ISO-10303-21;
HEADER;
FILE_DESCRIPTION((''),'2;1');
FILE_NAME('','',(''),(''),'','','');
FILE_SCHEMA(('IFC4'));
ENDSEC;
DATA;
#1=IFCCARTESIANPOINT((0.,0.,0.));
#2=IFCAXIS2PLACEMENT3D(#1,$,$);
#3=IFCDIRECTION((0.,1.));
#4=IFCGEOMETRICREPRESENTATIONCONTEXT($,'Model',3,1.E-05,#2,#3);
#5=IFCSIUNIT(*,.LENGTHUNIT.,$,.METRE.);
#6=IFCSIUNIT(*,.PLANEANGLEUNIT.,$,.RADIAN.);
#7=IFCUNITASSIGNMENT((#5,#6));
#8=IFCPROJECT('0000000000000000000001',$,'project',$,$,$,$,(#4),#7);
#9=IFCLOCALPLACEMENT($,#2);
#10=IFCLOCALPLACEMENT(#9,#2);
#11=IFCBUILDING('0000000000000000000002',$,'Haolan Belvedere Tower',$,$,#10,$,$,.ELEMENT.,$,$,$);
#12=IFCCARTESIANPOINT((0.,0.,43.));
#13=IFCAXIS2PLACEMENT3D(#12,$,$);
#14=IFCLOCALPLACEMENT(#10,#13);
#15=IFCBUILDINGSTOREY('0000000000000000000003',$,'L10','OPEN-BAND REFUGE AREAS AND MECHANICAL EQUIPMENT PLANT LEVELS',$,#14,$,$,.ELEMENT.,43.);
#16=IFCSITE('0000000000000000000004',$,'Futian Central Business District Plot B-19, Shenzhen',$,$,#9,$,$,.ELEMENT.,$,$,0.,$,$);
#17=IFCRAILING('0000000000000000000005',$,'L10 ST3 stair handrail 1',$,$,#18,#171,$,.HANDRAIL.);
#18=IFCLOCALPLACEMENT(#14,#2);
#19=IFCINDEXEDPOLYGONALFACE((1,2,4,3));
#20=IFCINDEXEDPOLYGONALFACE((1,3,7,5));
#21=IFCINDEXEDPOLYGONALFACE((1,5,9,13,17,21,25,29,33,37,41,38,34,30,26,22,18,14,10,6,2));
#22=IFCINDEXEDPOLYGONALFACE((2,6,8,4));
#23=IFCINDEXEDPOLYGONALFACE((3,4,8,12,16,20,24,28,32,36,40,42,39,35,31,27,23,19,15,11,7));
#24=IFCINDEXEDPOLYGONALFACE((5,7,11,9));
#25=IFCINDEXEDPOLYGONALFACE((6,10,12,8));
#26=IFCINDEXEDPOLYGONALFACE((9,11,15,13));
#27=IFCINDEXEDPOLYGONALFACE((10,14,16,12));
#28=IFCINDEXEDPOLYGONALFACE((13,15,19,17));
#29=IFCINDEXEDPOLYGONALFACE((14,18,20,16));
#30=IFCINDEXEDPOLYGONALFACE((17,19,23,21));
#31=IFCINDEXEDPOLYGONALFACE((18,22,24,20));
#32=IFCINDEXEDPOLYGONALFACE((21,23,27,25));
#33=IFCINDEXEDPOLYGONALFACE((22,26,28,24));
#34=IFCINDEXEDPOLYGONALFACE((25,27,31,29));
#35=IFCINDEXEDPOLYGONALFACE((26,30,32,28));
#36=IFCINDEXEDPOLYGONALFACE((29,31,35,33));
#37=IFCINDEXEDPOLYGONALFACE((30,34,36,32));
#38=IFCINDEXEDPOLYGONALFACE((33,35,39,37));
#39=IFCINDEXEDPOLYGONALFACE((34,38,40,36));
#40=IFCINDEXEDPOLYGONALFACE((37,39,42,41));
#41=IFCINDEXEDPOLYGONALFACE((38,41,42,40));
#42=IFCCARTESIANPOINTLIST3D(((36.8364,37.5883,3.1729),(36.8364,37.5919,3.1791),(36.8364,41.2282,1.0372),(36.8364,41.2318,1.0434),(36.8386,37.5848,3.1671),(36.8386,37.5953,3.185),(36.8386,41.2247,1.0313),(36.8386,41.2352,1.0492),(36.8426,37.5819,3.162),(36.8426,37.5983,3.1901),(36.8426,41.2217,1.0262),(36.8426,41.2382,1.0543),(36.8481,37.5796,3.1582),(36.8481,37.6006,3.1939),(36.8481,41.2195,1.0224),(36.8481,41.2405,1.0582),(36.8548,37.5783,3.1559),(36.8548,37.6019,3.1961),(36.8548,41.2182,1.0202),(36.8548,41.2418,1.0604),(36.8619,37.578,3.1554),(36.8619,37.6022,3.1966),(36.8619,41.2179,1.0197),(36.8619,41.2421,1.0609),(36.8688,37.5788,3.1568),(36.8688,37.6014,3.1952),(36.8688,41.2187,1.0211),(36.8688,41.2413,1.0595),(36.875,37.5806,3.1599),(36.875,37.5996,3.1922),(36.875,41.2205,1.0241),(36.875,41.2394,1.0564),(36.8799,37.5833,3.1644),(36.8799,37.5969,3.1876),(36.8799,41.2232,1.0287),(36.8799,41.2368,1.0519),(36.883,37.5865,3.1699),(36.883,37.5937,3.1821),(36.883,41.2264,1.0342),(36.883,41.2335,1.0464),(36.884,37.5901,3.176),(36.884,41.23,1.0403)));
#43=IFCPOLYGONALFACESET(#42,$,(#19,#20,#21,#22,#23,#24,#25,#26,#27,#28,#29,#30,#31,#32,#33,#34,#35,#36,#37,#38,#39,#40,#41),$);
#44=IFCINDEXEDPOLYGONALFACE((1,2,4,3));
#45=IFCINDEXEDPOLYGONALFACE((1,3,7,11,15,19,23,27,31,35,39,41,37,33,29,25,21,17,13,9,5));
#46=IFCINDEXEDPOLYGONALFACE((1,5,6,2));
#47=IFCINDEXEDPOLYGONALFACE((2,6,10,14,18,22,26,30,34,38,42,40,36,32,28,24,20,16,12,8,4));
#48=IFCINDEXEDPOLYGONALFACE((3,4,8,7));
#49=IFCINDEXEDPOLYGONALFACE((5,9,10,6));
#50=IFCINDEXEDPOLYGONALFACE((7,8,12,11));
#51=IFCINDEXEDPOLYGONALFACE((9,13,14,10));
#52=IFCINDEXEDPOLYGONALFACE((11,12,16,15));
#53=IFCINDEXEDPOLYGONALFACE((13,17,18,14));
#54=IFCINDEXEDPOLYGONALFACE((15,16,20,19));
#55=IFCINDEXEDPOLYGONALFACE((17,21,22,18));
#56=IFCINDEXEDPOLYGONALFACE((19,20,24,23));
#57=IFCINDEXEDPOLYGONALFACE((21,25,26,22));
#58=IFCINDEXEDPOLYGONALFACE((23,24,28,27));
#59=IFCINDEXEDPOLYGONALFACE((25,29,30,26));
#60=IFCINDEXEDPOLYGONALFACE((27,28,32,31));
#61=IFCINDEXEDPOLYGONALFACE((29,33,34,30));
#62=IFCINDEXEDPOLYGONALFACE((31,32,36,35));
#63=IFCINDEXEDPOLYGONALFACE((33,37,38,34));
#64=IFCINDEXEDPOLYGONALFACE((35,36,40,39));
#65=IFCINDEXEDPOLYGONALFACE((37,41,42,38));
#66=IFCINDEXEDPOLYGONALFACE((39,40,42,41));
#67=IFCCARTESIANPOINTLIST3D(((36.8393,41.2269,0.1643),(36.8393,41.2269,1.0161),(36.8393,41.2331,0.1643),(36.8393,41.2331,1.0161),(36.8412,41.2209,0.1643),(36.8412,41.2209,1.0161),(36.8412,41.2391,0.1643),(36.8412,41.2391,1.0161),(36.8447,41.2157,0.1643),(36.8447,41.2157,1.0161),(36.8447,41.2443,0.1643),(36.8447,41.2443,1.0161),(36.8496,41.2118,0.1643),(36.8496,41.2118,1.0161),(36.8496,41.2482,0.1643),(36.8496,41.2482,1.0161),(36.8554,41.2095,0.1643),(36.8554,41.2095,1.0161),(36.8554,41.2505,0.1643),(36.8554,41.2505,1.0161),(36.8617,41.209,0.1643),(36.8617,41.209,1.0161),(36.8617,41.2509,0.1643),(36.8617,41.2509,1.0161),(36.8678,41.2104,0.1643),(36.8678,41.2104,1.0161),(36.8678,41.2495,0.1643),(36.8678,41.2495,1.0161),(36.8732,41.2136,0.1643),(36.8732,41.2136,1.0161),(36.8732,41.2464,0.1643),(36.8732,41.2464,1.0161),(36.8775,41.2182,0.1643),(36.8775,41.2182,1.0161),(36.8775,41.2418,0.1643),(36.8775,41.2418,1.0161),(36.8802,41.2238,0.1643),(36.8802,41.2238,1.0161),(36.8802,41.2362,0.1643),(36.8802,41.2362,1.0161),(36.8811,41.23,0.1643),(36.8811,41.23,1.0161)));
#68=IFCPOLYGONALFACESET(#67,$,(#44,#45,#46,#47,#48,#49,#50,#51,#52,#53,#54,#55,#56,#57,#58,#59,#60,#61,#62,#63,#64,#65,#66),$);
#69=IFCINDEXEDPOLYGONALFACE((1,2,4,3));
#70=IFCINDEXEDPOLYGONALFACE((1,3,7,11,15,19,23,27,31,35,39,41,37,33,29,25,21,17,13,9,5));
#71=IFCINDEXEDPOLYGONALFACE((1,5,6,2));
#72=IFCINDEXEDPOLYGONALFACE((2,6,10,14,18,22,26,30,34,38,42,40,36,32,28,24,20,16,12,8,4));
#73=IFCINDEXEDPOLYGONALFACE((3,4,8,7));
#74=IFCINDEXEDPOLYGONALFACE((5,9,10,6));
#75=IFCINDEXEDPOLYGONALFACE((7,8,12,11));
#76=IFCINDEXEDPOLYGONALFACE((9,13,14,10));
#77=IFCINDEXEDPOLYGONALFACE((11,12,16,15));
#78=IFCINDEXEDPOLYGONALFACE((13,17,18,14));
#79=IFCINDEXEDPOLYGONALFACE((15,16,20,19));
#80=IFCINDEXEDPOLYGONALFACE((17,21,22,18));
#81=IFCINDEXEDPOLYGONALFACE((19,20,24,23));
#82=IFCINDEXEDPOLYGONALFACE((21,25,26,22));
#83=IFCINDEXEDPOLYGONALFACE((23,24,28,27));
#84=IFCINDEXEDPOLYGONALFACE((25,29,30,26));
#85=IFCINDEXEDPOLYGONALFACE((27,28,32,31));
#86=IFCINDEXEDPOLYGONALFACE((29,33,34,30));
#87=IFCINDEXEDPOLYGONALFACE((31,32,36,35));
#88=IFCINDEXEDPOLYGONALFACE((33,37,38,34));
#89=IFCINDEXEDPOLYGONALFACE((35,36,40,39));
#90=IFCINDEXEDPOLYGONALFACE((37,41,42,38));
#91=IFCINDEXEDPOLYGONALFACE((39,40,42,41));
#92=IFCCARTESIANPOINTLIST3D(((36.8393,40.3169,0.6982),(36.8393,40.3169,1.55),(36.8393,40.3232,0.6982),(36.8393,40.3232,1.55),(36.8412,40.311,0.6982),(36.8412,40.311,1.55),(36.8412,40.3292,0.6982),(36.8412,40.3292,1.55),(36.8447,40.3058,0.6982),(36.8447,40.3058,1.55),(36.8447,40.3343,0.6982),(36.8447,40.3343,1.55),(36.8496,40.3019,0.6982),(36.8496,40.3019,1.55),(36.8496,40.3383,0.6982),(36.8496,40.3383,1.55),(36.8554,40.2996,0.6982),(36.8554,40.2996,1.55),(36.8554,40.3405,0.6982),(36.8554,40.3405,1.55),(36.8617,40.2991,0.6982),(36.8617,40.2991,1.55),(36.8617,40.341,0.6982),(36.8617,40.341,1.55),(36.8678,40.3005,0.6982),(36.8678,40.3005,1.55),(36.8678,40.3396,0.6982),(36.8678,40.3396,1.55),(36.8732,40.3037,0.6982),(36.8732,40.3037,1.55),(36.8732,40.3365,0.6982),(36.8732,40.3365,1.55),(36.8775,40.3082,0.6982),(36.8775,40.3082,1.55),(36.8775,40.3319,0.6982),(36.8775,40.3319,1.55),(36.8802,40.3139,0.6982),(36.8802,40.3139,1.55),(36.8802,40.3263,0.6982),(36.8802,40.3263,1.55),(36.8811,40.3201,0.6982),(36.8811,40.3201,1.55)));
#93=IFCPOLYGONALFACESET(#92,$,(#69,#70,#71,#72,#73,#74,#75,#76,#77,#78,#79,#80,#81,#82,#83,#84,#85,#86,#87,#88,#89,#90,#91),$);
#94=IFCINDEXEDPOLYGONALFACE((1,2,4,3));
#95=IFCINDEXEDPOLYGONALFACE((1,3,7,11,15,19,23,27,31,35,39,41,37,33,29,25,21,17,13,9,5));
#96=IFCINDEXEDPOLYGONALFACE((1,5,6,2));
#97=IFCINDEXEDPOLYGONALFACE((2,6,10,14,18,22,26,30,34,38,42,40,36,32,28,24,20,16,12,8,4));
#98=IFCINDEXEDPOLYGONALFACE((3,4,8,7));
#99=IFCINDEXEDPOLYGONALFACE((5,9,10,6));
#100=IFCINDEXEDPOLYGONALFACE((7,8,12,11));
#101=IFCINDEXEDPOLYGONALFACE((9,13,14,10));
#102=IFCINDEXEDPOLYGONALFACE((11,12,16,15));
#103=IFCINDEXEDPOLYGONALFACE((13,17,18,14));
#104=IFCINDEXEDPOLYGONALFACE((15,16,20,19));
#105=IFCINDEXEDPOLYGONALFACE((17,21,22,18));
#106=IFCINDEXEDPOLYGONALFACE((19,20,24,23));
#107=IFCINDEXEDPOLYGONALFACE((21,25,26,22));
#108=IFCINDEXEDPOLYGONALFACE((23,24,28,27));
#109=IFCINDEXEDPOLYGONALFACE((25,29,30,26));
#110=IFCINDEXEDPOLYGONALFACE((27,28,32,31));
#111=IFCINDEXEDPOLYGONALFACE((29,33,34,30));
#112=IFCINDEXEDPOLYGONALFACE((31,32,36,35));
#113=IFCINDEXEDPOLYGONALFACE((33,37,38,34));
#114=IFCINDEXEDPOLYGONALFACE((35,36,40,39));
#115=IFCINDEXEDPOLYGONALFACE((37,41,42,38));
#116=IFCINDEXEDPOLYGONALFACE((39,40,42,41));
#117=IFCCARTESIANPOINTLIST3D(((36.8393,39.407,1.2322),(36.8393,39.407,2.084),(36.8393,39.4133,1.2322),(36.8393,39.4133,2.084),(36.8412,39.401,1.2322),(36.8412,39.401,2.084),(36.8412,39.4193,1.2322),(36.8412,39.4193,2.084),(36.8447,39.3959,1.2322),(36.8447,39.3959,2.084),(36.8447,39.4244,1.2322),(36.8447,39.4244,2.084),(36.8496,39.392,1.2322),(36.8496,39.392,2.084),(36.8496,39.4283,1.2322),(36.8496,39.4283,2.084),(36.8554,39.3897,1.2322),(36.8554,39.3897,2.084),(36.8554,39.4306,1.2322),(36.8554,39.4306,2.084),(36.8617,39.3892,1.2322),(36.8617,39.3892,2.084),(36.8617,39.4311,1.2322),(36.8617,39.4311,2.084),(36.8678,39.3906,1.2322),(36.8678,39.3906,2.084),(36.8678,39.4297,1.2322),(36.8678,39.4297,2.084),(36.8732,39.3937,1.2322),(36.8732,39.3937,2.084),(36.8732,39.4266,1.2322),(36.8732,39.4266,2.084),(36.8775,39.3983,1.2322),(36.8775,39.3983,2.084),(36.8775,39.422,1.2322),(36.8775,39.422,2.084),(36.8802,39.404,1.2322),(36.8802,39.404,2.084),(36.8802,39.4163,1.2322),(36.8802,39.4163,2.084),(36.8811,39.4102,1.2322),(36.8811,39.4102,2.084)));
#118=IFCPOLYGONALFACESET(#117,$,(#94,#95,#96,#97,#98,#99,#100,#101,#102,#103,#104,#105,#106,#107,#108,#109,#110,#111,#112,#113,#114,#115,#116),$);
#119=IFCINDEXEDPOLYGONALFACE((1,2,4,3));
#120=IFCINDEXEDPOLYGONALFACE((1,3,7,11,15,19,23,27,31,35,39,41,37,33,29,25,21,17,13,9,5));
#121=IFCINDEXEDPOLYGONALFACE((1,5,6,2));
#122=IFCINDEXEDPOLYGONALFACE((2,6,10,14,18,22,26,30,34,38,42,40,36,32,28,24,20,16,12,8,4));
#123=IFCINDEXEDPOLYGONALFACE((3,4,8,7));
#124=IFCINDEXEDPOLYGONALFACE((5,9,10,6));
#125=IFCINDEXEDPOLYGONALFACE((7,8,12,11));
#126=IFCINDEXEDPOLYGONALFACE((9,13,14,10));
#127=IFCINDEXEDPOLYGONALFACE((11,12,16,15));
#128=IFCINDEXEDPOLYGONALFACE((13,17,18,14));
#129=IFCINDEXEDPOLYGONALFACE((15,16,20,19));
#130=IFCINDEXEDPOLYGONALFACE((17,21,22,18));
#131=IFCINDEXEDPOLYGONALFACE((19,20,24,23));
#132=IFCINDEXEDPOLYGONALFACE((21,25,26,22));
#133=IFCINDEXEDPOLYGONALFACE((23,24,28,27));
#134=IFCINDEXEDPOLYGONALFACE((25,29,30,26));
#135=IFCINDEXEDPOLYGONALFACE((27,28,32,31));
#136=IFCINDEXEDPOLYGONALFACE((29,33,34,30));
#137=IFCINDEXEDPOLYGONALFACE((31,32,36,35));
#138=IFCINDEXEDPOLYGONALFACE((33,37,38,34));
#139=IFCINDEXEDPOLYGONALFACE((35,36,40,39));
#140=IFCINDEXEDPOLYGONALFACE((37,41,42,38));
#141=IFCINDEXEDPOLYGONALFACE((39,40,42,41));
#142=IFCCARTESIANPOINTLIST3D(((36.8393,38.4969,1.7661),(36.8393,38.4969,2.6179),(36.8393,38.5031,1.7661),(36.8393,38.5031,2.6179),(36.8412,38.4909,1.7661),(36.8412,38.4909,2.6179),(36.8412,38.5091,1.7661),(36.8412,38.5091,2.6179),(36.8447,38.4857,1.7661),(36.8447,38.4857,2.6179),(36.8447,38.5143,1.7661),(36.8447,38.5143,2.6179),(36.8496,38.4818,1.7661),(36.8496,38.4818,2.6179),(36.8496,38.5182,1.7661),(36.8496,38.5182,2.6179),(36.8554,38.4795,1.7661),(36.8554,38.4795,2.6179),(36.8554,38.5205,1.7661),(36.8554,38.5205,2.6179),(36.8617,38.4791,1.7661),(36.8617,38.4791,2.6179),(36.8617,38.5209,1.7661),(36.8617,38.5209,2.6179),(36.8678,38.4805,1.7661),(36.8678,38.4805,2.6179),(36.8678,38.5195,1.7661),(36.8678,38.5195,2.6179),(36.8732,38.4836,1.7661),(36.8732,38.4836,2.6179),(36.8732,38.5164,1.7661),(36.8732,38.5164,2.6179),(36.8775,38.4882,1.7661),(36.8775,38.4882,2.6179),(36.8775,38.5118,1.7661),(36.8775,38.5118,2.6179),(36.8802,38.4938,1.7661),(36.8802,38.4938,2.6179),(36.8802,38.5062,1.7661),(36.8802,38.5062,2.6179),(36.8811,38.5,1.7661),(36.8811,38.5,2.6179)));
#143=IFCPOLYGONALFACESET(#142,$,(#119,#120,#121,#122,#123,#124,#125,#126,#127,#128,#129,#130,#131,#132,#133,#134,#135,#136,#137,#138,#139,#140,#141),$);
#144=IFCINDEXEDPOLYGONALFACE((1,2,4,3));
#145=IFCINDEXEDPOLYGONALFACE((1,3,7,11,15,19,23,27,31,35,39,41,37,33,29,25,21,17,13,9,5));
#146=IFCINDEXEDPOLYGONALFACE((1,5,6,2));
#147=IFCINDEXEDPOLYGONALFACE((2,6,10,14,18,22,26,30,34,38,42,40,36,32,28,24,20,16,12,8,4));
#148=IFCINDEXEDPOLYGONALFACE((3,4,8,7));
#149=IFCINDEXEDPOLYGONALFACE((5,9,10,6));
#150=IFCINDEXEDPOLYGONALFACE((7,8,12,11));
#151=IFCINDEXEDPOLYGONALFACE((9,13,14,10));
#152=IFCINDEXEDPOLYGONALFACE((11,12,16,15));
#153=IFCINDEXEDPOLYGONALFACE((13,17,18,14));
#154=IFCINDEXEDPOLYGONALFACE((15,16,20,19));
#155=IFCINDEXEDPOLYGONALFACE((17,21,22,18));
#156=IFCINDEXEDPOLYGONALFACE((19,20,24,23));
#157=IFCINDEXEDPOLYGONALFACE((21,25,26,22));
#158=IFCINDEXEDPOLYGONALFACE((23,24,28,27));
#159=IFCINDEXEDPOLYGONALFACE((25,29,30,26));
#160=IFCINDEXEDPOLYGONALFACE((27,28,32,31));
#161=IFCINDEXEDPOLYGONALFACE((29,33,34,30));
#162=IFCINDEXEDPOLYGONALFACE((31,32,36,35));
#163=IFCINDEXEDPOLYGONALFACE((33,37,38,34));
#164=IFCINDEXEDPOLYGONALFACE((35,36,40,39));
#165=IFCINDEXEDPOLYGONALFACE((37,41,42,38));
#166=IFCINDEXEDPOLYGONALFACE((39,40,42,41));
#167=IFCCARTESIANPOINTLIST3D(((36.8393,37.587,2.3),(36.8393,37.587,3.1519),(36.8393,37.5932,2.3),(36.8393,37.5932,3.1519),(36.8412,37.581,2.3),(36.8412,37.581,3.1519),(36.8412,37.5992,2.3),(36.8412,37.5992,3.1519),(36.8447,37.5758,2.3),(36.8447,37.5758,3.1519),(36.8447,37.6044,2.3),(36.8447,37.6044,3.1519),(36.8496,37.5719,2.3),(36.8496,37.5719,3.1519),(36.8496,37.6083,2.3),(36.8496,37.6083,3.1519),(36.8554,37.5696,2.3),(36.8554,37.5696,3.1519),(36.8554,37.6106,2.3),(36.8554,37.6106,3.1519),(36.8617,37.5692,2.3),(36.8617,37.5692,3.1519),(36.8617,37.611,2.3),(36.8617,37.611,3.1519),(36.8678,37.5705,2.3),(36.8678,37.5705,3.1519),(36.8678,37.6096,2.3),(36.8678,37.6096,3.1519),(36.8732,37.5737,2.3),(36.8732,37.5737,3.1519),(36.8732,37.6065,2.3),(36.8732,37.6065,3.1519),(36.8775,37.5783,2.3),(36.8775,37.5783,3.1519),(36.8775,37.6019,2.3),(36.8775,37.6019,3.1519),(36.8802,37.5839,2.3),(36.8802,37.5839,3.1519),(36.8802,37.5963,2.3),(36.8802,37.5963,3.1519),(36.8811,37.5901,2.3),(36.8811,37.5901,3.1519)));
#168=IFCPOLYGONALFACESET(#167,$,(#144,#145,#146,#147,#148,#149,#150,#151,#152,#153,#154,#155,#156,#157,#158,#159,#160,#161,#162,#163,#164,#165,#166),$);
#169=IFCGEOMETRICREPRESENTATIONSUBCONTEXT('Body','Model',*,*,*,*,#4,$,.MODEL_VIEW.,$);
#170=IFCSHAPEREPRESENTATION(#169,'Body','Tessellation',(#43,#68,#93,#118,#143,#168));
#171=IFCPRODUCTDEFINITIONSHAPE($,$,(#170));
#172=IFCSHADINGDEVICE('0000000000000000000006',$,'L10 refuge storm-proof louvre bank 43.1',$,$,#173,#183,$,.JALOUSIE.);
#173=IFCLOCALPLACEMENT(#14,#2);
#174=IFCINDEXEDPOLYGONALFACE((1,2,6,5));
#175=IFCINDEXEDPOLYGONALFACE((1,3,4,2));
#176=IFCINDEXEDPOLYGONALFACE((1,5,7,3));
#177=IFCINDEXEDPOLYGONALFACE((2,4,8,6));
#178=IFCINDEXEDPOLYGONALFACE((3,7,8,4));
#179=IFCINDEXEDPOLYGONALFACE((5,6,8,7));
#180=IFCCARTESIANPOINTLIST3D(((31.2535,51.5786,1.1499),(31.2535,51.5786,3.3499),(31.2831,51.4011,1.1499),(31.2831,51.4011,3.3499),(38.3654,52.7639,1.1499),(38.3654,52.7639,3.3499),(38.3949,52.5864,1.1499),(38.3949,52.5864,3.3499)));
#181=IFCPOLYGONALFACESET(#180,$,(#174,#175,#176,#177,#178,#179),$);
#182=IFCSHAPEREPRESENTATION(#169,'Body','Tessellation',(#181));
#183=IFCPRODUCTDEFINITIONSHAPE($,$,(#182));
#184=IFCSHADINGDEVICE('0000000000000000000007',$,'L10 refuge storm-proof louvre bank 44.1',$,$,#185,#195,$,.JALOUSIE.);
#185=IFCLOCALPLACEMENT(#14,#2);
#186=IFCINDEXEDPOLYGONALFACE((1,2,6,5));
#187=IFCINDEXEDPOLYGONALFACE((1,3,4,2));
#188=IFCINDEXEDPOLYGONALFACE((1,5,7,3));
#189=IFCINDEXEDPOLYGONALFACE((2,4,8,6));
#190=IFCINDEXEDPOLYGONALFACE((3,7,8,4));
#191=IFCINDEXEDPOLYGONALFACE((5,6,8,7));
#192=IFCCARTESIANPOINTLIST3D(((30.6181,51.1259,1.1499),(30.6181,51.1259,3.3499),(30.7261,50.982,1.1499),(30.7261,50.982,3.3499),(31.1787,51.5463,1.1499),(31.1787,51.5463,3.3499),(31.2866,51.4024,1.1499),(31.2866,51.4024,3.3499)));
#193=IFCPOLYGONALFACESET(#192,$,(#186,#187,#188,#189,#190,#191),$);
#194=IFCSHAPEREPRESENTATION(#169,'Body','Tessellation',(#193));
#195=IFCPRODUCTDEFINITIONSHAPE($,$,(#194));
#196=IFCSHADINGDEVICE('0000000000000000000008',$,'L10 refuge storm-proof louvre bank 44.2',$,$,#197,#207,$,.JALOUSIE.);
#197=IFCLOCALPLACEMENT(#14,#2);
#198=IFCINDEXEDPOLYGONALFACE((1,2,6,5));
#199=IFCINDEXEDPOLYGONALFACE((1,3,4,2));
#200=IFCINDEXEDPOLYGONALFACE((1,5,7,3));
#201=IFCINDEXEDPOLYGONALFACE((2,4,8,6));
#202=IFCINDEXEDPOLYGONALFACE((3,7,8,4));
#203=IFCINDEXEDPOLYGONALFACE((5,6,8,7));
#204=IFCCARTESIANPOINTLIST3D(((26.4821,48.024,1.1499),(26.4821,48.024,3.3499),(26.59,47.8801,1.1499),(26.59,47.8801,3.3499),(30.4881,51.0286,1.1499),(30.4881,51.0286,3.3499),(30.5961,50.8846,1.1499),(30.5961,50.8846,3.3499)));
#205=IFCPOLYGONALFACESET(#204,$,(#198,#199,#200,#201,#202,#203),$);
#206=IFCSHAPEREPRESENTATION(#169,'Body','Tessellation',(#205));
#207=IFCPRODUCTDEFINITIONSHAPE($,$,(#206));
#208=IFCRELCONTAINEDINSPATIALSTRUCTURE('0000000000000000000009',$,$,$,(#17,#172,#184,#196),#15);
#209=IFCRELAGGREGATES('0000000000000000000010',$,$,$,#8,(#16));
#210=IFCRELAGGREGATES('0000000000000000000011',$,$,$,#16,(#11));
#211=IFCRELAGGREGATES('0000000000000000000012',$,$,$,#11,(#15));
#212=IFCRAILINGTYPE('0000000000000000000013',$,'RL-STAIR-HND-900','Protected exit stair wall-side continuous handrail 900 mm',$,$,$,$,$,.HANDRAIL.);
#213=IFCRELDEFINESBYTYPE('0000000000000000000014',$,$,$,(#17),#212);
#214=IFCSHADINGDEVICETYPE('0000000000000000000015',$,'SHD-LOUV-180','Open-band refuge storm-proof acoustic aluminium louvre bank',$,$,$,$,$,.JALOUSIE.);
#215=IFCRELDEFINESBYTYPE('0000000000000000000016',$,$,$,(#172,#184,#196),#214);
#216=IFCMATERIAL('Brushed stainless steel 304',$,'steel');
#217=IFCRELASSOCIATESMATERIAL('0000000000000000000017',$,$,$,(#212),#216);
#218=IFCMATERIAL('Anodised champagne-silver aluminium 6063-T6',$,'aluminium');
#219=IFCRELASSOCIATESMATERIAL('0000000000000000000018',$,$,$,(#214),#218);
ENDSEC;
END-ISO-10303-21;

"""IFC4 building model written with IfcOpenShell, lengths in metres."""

from ifc_helpers import new_model, si_unit, direction, frame, origin, origin_2d, place, context, subcontext, project, spatial, rectangle, circle, extrude, material, type_object, element, save


model = new_model("IFC4")

# Units and contexts
model_context = context("Model", 3, precision=1e-05, world=origin(), true_north=direction((0.0, 1.0)))
body_context = subcontext(model_context, "Body", "Model", "MODEL_VIEW")
ifc_project = project(units=[si_unit("LENGTHUNIT", "METRE"), si_unit("PLANEANGLEUNIT", "RADIAN")], contexts=[model_context])

# Site, building, storey
site_placement = place(None, origin())
site = spatial("IfcSite", under=ifc_project, at=site_placement, Name="Futian Central Business District Plot B-19, Shenzhen", CompositionType="ELEMENT", RefElevation=0.0)
building_placement = place(site_placement, origin())
building = spatial("IfcBuilding", under=site, at=building_placement, Name="Haolan Belvedere Tower", CompositionType="ELEMENT")
storey_placement = place(building_placement, frame((0.0, 0.0, 43.0)))
storey = spatial("IfcBuildingStorey", under=building, at=storey_placement, Name="L10", Description="OPEN-BAND REFUGE AREAS AND MECHANICAL EQUIPMENT PLANT LEVELS", CompositionType="ELEMENT", Elevation=43.0)

# Railing
ifc_material_1 = material(Name="Brushed stainless steel 304", Category="steel")
railing_type_1 = type_object("IfcRailingType", Name="RL-STAIR-HND-900", Description="Protected exit stair wall-side continuous handrail 900 mm", PredefinedType="HANDRAIL", material=ifc_material_1)
railing_1_placement = place(storey_placement, frame((36.8601, 41.23, 0.1643)))
element("IfcRailing", 1, at=railing_1_placement, inside=storey, type_object=railing_type_1, Name="L10 ST3 stair handrail 1", PredefinedType="HANDRAIL", context=body_context, shape_type="SweptSolid", body=[
    extrude(circle(Radius=0.0239, at=origin_2d()), frame((0.0, 0.0, 0.876), z_axis=(0.0, -0.86249, 0.506074), x_axis=(1.0, 0.0, 0.0)), (0.0, 0.0, 1.0), 4.2202),
    extrude(circle(Radius=0.021, at=origin_2d()), origin(), (0.0, 0.0, 1.0), 0.8518),
    extrude(circle(Radius=0.021, at=origin_2d()), frame((0.0, -0.9099, 0.5339)), (0.0, 0.0, 1.0), 0.8518),
    extrude(circle(Radius=0.021, at=origin_2d()), frame((0.0, -1.8198, 1.0679)), (0.0, 0.0, 1.0), 0.8518),
    extrude(circle(Radius=0.021, at=origin_2d()), frame((0.0, -2.73, 1.6018)), (0.0, 0.0, 1.0), 0.8518),
    extrude(circle(Radius=0.021, at=origin_2d()), frame((0.0, -3.6399, 2.1357)), (0.0, 0.0, 1.0), 0.8518),
])

# Shading devices
ifc_material_2 = material(Name="Anodised champagne-silver aluminium 6063-T6", Category="aluminium")
shading_device_type = type_object("IfcShadingDeviceType", Name="SHD-LOUV-180", Description="Open-band refuge storm-proof acoustic aluminium louvre bank", PredefinedType="JALOUSIE", material=ifc_material_2)
shading_device_1_placement = place(storey_placement, frame((34.8242, 52.0825, 1.1499), z_axis=(0.0, 0.0, 1.0), x_axis=(-0.986395, -0.164393, 0.0)))
element("IfcShadingDevice", 2, at=shading_device_1_placement, inside=storey, type_object=shading_device_type, Name="L10 refuge storm-proof louvre bank 43.1", PredefinedType="JALOUSIE", context=body_context, shape_type="SweptSolid", body=[
    extrude(rectangle(XDim=7.21, YDim=0.1799, at=origin_2d()), origin(), (0.0, 0.0, 1.0), 2.2),
])
shading_device_2_placement = place(storey_placement, frame((30.9524, 51.2642, 1.1499), z_axis=(0.0, 0.0, 1.0), x_axis=(-0.799988, -0.600015, 0.0)))
element("IfcShadingDevice", 3, at=shading_device_2_placement, inside=storey, type_object=shading_device_type, Name="L10 refuge storm-proof louvre bank 44.1", PredefinedType="JALOUSIE", context=body_context, shape_type="SweptSolid", body=[
    extrude(rectangle(XDim=0.7007, YDim=0.1799, at=origin_2d()), origin(), (0.0, 0.0, 1.0), 2.2),
])
shading_device_3_placement = place(storey_placement, frame((28.5391, 49.4543, 1.1499), z_axis=(0.0, 0.0, 1.0), x_axis=(-0.799999, -0.600001, 0.0)))
element("IfcShadingDevice", 4, at=shading_device_3_placement, inside=storey, type_object=shading_device_type, Name="L10 refuge storm-proof louvre bank 44.2", PredefinedType="JALOUSIE", context=body_context, shape_type="SweptSolid", body=[
    extrude(rectangle(XDim=5.0076, YDim=0.1799, at=origin_2d()), origin(), (0.0, 0.0, 1.0), 2.2),
])

save(model, "model.ifc")
